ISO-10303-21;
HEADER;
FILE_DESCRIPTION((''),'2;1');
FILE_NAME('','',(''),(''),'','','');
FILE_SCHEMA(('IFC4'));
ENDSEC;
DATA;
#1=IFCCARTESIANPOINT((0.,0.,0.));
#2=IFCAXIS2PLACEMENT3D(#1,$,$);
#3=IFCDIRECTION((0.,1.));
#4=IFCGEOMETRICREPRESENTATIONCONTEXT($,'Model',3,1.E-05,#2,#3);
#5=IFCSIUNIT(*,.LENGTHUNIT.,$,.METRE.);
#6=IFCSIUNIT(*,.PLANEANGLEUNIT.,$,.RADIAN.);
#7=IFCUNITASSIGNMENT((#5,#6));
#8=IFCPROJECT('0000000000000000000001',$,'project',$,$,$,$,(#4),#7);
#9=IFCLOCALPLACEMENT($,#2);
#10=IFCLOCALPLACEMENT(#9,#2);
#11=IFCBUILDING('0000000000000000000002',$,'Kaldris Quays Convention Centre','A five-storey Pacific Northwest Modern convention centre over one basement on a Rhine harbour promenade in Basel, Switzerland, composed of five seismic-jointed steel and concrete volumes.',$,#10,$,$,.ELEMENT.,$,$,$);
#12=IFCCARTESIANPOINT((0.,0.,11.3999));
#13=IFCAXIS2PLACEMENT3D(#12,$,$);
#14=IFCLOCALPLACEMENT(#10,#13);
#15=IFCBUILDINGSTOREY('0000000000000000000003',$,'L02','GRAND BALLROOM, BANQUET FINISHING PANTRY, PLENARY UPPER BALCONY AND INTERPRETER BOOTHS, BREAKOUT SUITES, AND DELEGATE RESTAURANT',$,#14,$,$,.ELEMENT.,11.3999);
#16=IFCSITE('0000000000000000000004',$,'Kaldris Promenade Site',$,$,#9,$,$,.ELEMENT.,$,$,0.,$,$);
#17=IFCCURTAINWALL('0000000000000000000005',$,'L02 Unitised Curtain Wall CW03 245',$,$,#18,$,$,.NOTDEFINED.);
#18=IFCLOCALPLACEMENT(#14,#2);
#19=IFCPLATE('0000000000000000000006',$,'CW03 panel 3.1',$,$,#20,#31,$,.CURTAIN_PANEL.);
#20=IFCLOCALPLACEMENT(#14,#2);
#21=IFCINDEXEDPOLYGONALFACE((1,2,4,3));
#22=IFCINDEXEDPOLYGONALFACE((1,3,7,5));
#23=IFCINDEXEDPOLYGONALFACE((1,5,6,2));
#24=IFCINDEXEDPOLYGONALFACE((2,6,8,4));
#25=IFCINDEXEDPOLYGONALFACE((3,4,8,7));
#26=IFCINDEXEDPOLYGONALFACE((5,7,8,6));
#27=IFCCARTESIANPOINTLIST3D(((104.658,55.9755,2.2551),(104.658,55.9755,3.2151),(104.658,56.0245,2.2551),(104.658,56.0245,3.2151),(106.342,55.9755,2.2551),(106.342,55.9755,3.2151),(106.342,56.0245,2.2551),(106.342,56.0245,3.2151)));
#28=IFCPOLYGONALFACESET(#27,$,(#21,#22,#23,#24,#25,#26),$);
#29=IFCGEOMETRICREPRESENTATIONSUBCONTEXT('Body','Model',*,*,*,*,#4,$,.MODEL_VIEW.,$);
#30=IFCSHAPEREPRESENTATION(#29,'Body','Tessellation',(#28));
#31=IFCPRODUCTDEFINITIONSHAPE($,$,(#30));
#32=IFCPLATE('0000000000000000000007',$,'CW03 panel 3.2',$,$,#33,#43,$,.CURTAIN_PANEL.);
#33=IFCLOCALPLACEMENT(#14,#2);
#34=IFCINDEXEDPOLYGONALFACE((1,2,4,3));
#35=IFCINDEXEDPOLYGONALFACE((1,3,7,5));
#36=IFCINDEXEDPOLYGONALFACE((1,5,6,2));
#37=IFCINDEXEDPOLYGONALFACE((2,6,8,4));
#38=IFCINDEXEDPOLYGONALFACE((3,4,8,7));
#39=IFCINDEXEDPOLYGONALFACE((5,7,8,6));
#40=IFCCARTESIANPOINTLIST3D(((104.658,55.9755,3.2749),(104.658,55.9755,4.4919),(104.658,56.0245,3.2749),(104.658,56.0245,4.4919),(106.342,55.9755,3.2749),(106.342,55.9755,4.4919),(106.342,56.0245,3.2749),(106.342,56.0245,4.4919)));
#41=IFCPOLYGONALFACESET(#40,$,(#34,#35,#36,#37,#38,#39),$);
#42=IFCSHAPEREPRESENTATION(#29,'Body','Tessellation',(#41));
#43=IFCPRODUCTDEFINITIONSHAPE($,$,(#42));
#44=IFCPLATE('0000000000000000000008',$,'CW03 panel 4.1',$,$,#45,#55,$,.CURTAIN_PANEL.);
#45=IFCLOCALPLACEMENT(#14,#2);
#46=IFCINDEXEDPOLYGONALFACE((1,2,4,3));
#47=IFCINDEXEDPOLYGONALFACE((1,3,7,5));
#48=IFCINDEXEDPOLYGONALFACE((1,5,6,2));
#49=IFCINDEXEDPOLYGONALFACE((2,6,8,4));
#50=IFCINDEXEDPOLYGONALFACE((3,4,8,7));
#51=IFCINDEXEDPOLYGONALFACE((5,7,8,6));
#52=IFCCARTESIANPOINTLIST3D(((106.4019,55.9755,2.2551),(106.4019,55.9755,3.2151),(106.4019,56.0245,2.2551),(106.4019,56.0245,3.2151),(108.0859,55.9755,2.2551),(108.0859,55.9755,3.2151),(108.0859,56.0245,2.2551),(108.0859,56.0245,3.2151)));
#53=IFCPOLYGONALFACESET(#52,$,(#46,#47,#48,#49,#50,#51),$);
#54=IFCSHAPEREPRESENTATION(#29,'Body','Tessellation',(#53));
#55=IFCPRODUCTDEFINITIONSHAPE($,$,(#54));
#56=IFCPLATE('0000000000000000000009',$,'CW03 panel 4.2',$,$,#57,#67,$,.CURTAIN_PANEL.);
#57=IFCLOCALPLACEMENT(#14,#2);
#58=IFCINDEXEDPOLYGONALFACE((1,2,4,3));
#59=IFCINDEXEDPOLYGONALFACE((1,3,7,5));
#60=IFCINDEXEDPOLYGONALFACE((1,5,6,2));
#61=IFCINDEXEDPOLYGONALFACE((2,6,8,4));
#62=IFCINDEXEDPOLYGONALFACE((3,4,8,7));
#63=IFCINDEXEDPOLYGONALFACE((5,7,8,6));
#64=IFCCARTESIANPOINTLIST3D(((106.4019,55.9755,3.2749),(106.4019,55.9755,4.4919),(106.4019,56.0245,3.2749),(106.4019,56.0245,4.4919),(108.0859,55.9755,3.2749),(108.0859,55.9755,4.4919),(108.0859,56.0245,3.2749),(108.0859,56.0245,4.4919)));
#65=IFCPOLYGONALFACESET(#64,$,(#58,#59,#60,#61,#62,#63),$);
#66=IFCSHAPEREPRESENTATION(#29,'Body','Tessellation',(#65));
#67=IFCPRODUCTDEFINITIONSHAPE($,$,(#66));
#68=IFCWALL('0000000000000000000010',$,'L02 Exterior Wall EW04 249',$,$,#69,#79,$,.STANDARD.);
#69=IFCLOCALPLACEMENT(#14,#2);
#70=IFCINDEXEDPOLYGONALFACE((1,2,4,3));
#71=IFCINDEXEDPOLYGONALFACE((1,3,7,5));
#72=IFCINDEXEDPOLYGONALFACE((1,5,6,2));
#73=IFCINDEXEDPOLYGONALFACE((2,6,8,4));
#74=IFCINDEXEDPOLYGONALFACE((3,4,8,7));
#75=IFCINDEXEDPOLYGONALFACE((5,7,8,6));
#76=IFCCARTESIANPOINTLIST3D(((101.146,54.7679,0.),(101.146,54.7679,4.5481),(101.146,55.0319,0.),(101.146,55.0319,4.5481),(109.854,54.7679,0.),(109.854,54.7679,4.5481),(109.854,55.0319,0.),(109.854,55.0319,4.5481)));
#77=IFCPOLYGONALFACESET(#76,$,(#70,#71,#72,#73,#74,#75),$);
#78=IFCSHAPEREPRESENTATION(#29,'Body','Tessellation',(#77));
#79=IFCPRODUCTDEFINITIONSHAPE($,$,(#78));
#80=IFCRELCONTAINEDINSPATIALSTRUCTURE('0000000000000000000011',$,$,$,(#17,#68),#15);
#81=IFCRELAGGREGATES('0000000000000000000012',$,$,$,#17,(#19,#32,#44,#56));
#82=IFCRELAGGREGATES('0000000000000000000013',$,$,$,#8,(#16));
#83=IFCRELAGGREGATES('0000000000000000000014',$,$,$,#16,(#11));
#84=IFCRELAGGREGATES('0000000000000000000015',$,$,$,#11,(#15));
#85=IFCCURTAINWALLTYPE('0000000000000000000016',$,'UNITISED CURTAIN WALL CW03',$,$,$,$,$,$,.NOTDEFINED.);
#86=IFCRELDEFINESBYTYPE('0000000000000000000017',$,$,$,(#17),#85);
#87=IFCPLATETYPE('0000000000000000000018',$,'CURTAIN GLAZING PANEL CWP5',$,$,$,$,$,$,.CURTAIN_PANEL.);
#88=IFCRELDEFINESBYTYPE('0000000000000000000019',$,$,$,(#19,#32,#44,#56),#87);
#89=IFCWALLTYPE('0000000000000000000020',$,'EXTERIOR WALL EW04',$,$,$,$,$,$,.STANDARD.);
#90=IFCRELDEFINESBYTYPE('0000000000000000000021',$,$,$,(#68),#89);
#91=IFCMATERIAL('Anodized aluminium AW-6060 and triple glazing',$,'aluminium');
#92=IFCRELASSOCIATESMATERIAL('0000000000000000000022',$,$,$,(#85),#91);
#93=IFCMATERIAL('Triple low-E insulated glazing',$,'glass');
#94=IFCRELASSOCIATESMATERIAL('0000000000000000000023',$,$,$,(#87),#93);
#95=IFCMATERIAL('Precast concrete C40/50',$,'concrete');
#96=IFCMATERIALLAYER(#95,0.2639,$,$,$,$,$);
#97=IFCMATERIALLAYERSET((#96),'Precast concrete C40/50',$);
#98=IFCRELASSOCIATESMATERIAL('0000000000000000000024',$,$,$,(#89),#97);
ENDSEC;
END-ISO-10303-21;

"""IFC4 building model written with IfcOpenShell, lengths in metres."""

from ifc_helpers import new_model, si_unit, direction, frame, frame_2d, origin, origin_2d, place, context, subcontext, project, spatial, rectangle, extrude, material, layer, layer_set, type_object, element, aggregate, save


model = new_model("IFC4")

# Units and contexts
model_context = context("Model", 3, precision=1e-05, world=origin(), true_north=direction((0.0, 1.0)))
body_context = subcontext(model_context, "Body", "Model", "MODEL_VIEW")
ifc_project = project(units=[si_unit("LENGTHUNIT", "METRE"), si_unit("PLANEANGLEUNIT", "RADIAN")], contexts=[model_context])

# Site, building, storey
site_placement = place(None, origin())
site = spatial("IfcSite", under=ifc_project, at=site_placement, Name="Kaldris Promenade Site", CompositionType="ELEMENT", RefElevation=0.0)
building_placement = place(site_placement, origin())
building = spatial("IfcBuilding", under=site, at=building_placement, Name="Kaldris Quays Convention Centre", Description="A five-storey Pacific Northwest Modern convention centre over one basement on a Rhine harbour promenade in Basel, Switzerland, composed of five seismic-jointed steel and concrete volumes.", CompositionType="ELEMENT")
storey_placement = place(building_placement, frame((0.0, 0.0, 11.3999)))
storey = spatial("IfcBuildingStorey", under=building, at=storey_placement, Name="L02", Description="GRAND BALLROOM, BANQUET FINISHING PANTRY, PLENARY UPPER BALCONY AND INTERPRETER BOOTHS, BREAKOUT SUITES, AND DELEGATE RESTAURANT", CompositionType="ELEMENT", Elevation=11.3999)

# Curtain wall
ifc_material_1 = material(Name="Anodized aluminium AW-6060 and triple glazing", Category="aluminium")
curtain_wall_type = type_object("IfcCurtainWallType", Name="UNITISED CURTAIN WALL CW03", PredefinedType="NOTDEFINED", material=ifc_material_1)
curtain_wall_1_placement = place(storey_placement, origin())
curtain_wall_1 = element("IfcCurtainWall", 1, at=curtain_wall_1_placement, inside=storey, type_object=curtain_wall_type, Name="L02 Unitised Curtain Wall CW03 245", PredefinedType="NOTDEFINED")

# Plates
ifc_material_2 = material(Name="Triple low-E insulated glazing", Category="glass")
plate_type_1 = type_object("IfcPlateType", Name="CURTAIN GLAZING PANEL CWP5", PredefinedType="CURTAIN_PANEL", material=ifc_material_2)
plate_1_placement = place(storey_placement, frame((105.5, 56.0, 2.2551), z_axis=(0.0, 0.0, 1.0), x_axis=(1.0, 0.0, 0.0)))
plate_1 = element("IfcPlate", 2, at=plate_1_placement, type_object=plate_type_1, Name="CW03 panel 3.1", PredefinedType="CURTAIN_PANEL", context=body_context, shape_type="SweptSolid", body=[
    extrude(rectangle(XDim=1.6841, YDim=0.0491, at=origin_2d()), origin(), (0.0, 0.0, 1.0), 0.96),
])
plate_2_placement = place(storey_placement, frame((105.5, 56.0, 3.2749), z_axis=(0.0, 0.0, 1.0), x_axis=(1.0, 0.0, 0.0)))
plate_2 = element("IfcPlate", 3, at=plate_2_placement, type_object=plate_type_1, Name="CW03 panel 3.2", PredefinedType="CURTAIN_PANEL", context=body_context, shape_type="SweptSolid", body=[
    extrude(rectangle(XDim=1.6841, YDim=0.0491, at=origin_2d()), origin(), (0.0, 0.0, 1.0), 1.217),
])
plate_3_placement = place(storey_placement, frame((107.2439, 56.0, 2.2551), z_axis=(0.0, 0.0, 1.0), x_axis=(1.0, 0.0, 0.0)))
plate_3 = element("IfcPlate", 4, at=plate_3_placement, type_object=plate_type_1, Name="CW03 panel 4.1", PredefinedType="CURTAIN_PANEL", context=body_context, shape_type="SweptSolid", body=[
    extrude(rectangle(XDim=1.6841, YDim=0.0491, at=origin_2d()), origin(), (0.0, 0.0, 1.0), 0.96),
])
plate_4_placement = place(storey_placement, frame((107.2439, 56.0, 3.2749), z_axis=(0.0, 0.0, 1.0), x_axis=(1.0, 0.0, 0.0)))
plate_4 = element("IfcPlate", 5, at=plate_4_placement, type_object=plate_type_1, Name="CW03 panel 4.2", PredefinedType="CURTAIN_PANEL", context=body_context, shape_type="SweptSolid", body=[
    extrude(rectangle(XDim=1.6841, YDim=0.0491, at=origin_2d()), origin(), (0.0, 0.0, 1.0), 1.217),
])
aggregate(curtain_wall_1, [plate_1, plate_2, plate_3, plate_4])

# Wall
ifc_material_3 = material(Name="Precast concrete C40/50", Category="concrete")
ifc_layer = layer(ifc_material_3, 0.2639)
ifc_layer_set = layer_set([ifc_layer], Name="Precast concrete C40/50")
wall_type = type_object("IfcWallType", Name="EXTERIOR WALL EW04", PredefinedType="STANDARD", material=ifc_layer_set)
wall_placement = place(storey_placement, frame((101.146, 54.8999, 0.0), z_axis=(0.0, 0.0, 1.0), x_axis=(1.0, 0.0, 0.0)))
element("IfcWall", 6, at=wall_placement, inside=storey, type_object=wall_type, Name="L02 Exterior Wall EW04 249", PredefinedType="STANDARD", context=body_context, shape_type="SweptSolid", body=[
    extrude(rectangle(XDim=8.708, YDim=0.2639, at=frame_2d((4.354, 0.0))), origin(), (0.0, 0.0, 1.0), 4.5481),
])

save(model, "model.ifc")
